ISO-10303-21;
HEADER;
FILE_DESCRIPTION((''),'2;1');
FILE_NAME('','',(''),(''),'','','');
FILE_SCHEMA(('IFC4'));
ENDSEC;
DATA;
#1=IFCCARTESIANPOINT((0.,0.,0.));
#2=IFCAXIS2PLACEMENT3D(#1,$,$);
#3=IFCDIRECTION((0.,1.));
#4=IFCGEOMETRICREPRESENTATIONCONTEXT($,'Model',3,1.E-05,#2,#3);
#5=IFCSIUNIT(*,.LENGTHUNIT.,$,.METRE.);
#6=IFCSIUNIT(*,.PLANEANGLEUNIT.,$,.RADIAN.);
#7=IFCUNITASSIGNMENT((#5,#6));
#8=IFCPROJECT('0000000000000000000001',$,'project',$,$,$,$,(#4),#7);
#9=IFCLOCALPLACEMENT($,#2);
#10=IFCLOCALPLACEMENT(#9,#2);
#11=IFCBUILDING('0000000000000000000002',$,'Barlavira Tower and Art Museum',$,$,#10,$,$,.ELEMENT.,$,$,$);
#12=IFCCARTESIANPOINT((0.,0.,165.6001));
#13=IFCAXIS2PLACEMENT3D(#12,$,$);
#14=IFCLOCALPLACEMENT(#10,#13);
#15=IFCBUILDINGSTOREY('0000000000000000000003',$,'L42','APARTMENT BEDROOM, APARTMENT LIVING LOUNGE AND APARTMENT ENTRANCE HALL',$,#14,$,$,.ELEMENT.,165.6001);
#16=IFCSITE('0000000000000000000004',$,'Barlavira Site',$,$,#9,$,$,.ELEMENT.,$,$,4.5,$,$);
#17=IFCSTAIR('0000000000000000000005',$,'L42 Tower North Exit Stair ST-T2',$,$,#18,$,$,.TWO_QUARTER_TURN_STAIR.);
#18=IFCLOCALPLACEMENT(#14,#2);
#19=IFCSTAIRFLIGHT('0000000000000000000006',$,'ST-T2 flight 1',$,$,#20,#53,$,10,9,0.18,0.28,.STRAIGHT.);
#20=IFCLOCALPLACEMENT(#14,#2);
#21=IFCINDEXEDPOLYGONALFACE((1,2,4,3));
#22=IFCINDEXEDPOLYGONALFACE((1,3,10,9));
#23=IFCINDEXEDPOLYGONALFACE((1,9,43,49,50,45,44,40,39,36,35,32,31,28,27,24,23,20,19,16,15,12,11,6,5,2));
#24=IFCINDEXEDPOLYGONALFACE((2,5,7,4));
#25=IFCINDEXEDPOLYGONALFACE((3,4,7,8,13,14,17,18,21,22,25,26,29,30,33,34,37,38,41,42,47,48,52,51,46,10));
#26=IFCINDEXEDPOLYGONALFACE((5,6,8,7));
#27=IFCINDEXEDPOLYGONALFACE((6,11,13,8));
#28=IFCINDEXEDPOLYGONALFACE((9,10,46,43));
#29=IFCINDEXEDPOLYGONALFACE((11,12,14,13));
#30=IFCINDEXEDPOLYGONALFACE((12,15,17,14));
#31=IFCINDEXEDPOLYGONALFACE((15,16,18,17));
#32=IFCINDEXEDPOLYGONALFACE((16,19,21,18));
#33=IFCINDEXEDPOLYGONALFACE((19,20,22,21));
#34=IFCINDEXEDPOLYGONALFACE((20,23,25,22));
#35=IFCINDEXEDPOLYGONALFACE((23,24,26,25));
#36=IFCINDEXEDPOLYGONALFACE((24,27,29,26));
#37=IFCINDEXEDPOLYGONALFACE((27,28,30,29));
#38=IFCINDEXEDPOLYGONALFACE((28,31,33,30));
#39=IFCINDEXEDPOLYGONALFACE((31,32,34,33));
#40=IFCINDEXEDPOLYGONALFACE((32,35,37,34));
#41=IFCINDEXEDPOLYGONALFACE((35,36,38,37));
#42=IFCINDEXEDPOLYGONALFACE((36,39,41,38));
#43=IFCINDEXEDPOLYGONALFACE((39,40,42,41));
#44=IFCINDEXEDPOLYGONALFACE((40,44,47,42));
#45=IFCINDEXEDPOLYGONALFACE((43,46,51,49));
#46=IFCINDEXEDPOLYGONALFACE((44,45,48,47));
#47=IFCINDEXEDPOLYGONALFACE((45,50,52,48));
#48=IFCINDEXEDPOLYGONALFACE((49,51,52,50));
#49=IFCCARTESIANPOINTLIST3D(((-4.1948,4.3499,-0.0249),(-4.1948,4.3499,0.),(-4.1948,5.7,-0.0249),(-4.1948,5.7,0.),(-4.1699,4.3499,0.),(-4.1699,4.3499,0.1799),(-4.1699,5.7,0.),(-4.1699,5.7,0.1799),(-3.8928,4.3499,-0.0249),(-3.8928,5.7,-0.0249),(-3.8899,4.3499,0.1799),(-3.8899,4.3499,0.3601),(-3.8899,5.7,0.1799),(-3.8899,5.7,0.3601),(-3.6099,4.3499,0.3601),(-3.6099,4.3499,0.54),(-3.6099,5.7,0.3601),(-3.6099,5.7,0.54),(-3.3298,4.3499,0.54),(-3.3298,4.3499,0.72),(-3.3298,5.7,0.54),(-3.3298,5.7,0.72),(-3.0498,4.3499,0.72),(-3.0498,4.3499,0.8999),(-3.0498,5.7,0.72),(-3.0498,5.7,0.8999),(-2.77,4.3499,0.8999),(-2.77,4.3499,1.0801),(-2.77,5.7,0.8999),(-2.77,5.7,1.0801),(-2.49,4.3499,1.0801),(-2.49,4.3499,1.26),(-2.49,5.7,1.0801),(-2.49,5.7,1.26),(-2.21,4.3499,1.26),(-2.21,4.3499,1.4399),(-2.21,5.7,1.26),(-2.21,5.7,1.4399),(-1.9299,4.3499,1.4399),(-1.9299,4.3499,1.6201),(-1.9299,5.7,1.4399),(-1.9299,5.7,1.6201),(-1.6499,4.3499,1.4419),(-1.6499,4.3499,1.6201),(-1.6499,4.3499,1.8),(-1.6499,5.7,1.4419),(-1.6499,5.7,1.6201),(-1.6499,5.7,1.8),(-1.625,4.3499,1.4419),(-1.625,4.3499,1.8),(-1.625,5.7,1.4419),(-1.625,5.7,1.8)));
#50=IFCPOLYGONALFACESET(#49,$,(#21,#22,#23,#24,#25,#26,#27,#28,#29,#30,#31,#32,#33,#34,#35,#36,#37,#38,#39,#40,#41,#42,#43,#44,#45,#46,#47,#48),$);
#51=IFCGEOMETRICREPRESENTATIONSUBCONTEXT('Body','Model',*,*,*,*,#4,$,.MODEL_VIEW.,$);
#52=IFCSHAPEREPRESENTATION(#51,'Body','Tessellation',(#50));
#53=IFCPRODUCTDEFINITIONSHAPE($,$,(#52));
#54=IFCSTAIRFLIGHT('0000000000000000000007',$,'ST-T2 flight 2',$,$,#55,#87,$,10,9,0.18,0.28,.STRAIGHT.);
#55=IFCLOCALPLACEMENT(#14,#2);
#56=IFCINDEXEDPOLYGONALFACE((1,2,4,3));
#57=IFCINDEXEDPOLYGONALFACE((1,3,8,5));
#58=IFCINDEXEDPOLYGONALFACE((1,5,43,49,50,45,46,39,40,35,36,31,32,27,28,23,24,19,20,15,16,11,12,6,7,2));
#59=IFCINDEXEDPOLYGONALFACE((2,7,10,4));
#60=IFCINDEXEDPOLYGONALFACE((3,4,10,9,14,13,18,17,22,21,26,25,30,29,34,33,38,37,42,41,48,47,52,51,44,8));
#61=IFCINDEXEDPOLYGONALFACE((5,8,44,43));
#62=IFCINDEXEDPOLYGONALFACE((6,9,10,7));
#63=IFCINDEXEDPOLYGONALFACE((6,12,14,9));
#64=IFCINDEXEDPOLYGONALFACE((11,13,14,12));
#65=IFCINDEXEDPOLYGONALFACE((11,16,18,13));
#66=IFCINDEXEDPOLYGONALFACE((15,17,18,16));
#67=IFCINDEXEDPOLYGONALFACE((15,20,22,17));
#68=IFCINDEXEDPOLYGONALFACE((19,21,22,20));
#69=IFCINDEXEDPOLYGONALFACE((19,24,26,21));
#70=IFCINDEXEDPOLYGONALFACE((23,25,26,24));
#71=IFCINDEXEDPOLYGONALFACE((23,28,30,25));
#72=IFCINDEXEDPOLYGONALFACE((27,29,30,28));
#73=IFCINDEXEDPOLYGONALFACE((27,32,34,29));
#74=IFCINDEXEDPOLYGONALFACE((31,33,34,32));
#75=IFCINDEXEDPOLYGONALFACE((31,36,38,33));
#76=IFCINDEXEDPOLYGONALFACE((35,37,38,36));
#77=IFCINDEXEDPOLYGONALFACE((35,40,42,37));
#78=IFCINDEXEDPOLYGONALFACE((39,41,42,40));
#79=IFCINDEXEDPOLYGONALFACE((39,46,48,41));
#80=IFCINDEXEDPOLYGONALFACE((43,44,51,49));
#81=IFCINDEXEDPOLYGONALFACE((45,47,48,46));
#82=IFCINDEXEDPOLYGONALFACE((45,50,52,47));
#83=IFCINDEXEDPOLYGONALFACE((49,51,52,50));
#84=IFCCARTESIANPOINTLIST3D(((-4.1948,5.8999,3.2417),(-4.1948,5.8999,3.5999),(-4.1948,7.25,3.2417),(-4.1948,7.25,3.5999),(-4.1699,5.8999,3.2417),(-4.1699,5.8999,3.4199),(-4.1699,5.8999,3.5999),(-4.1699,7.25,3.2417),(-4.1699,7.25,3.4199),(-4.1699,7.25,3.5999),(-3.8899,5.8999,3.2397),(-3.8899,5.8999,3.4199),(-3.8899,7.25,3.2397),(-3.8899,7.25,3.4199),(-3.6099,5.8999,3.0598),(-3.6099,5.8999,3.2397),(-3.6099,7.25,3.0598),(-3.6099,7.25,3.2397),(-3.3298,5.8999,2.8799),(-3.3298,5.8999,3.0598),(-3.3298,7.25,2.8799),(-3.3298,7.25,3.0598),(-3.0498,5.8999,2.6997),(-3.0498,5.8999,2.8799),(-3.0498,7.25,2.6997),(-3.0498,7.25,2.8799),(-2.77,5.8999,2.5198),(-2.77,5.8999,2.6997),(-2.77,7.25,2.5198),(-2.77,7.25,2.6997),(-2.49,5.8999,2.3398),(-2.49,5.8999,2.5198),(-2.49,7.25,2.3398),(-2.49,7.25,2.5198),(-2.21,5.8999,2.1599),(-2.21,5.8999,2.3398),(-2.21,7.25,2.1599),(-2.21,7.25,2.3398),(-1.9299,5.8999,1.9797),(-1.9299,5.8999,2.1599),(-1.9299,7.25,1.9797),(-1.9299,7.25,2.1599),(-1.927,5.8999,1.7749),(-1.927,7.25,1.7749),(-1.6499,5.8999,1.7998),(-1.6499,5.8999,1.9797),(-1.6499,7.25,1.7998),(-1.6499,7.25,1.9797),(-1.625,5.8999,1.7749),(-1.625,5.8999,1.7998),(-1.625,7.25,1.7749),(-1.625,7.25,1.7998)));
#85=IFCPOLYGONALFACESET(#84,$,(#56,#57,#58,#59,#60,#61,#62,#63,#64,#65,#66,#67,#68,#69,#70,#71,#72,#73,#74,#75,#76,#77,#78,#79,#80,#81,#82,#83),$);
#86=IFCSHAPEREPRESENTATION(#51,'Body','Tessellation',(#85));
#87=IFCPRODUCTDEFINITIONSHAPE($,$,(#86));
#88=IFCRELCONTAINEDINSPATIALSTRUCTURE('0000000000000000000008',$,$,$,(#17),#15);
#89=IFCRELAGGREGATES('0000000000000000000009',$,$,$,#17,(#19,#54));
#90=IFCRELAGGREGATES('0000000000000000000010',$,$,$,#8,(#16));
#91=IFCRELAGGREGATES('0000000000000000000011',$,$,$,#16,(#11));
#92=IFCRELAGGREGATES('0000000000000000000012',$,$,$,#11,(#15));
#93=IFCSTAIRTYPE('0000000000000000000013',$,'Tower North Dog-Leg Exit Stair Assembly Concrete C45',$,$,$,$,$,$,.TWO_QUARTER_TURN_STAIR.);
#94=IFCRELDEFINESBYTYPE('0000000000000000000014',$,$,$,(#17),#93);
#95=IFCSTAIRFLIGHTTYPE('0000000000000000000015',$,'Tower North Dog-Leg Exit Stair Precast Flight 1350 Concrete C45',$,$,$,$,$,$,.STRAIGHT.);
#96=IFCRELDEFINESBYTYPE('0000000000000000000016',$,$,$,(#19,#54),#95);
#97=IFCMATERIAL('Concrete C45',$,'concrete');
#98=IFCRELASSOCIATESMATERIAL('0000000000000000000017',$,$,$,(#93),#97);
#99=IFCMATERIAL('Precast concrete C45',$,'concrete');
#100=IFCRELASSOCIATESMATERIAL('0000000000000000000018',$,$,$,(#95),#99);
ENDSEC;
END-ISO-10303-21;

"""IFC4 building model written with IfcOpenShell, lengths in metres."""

from ifc_helpers import new_model, si_unit, direction, frame, origin, place, context, subcontext, project, spatial, polyline, outline, extrude, material, type_object, element, aggregate, save


model = new_model("IFC4")

# Units and contexts
model_context = context("Model", 3, precision=1e-05, world=origin(), true_north=direction((0.0, 1.0)))
body_context = subcontext(model_context, "Body", "Model", "MODEL_VIEW")
ifc_project = project(units=[si_unit("LENGTHUNIT", "METRE"), si_unit("PLANEANGLEUNIT", "RADIAN")], contexts=[model_context])

# Site, building, storey
site_placement = place(None, origin())
site = spatial("IfcSite", under=ifc_project, at=site_placement, Name="Barlavira Site", CompositionType="ELEMENT", RefElevation=4.5)
building_placement = place(site_placement, origin())
building = spatial("IfcBuilding", under=site, at=building_placement, Name="Barlavira Tower and Art Museum", CompositionType="ELEMENT")
storey_placement = place(building_placement, frame((0.0, 0.0, 165.6001)))
storey = spatial("IfcBuildingStorey", under=building, at=storey_placement, Name="L42", Description="APARTMENT BEDROOM, APARTMENT LIVING LOUNGE AND APARTMENT ENTRANCE HALL", CompositionType="ELEMENT", Elevation=165.6001)

# Stair, stair flights
ifc_material_1 = material(Name="Concrete C45", Category="concrete")
stair_type = type_object("IfcStairType", Name="Tower North Dog-Leg Exit Stair Assembly Concrete C45", PredefinedType="TWO_QUARTER_TURN_STAIR", material=ifc_material_1)
stair_placement = place(storey_placement, origin())
stair = element("IfcStair", 1, at=stair_placement, inside=storey, type_object=stair_type, Name="L42 Tower North Exit Stair ST-T2", PredefinedType="TWO_QUARTER_TURN_STAIR")
ifc_material_2 = material(Name="Precast concrete C45", Category="concrete")
stair_flight_type = type_object("IfcStairFlightType", Name="Tower North Dog-Leg Exit Stair Precast Flight 1350 Concrete C45", PredefinedType="STRAIGHT", material=ifc_material_2)
stair_flight_1_placement = place(storey_placement, frame((-4.1699, 5.0249, 0.0), z_axis=(0.0, 0.0, 1.0), x_axis=(1.0, 0.0, 0.0)))
stair_flight_1 = element("IfcStairFlight", 2, at=stair_flight_1_placement, type_object=stair_flight_type, Name="ST-T2 flight 1", NumberOfRisers=10, NumberOfTreads=9, PredefinedType="STRAIGHT", RiserHeight=0.18, TreadLength=0.28, context=body_context, shape_type="SweptSolid", body=[
    extrude(outline(polyline([(-0.0249, 0.0), (0.0, 0.0), (0.0, 0.1799), (0.28, 0.1799), (0.28, 0.3601), (0.5601, 0.3601), (0.5601, 0.54), (0.8401, 0.54), (0.8401, 0.72), (1.1201, 0.72), (1.1201, 0.8999), (1.3999, 0.8999), (1.3999, 1.0801), (1.6799, 1.0801), (1.6799, 1.26), (1.96, 1.26), (1.96, 1.4399), (2.24, 1.4399), (2.24, 1.6201), (2.52, 1.6201), (2.52, 1.8), (2.5449, 1.8), (2.5449, 1.4419), (2.52, 1.4419), (0.2771, -0.0249), (-0.0249, -0.0249), (-0.0249, 0.0)])), frame((0.0, 0.675, 0.0), z_axis=(0.0, -1.0, 0.0), x_axis=(1.0, 0.0, 0.0)), (0.0, 0.0, 1.0), 1.3501),
])
stair_flight_2_placement = place(storey_placement, frame((-1.6499, 6.575, 1.7998), z_axis=(0.0, 0.0, 1.0), x_axis=(-1.0, 0.0, 0.0)))
stair_flight_2 = element("IfcStairFlight", 3, at=stair_flight_2_placement, type_object=stair_flight_type, Name="ST-T2 flight 2", NumberOfRisers=10, NumberOfTreads=9, PredefinedType="STRAIGHT", RiserHeight=0.18, TreadLength=0.28, context=body_context, shape_type="SweptSolid", body=[
    extrude(outline(polyline([(-0.0249, 0.0), (0.0, 0.0), (0.0, 0.1799), (0.28, 0.1799), (0.28, 0.3601), (0.5601, 0.3601), (0.5601, 0.54), (0.8401, 0.54), (0.8401, 0.72), (1.1201, 0.72), (1.1201, 0.8999), (1.3999, 0.8999), (1.3999, 1.0801), (1.6799, 1.0801), (1.6799, 1.26), (1.96, 1.26), (1.96, 1.4399), (2.24, 1.4399), (2.24, 1.6201), (2.52, 1.6201), (2.52, 1.8), (2.5449, 1.8), (2.5449, 1.4419), (2.52, 1.4419), (0.2771, -0.0249), (-0.0249, -0.0249), (-0.0249, 0.0)])), frame((0.0, 0.675, 0.0), z_axis=(0.0, -1.0, 0.0), x_axis=(1.0, 0.0, 0.0)), (0.0, 0.0, 1.0), 1.3501),
])
aggregate(stair, [stair_flight_1, stair_flight_2])

save(model, "model.ifc")
